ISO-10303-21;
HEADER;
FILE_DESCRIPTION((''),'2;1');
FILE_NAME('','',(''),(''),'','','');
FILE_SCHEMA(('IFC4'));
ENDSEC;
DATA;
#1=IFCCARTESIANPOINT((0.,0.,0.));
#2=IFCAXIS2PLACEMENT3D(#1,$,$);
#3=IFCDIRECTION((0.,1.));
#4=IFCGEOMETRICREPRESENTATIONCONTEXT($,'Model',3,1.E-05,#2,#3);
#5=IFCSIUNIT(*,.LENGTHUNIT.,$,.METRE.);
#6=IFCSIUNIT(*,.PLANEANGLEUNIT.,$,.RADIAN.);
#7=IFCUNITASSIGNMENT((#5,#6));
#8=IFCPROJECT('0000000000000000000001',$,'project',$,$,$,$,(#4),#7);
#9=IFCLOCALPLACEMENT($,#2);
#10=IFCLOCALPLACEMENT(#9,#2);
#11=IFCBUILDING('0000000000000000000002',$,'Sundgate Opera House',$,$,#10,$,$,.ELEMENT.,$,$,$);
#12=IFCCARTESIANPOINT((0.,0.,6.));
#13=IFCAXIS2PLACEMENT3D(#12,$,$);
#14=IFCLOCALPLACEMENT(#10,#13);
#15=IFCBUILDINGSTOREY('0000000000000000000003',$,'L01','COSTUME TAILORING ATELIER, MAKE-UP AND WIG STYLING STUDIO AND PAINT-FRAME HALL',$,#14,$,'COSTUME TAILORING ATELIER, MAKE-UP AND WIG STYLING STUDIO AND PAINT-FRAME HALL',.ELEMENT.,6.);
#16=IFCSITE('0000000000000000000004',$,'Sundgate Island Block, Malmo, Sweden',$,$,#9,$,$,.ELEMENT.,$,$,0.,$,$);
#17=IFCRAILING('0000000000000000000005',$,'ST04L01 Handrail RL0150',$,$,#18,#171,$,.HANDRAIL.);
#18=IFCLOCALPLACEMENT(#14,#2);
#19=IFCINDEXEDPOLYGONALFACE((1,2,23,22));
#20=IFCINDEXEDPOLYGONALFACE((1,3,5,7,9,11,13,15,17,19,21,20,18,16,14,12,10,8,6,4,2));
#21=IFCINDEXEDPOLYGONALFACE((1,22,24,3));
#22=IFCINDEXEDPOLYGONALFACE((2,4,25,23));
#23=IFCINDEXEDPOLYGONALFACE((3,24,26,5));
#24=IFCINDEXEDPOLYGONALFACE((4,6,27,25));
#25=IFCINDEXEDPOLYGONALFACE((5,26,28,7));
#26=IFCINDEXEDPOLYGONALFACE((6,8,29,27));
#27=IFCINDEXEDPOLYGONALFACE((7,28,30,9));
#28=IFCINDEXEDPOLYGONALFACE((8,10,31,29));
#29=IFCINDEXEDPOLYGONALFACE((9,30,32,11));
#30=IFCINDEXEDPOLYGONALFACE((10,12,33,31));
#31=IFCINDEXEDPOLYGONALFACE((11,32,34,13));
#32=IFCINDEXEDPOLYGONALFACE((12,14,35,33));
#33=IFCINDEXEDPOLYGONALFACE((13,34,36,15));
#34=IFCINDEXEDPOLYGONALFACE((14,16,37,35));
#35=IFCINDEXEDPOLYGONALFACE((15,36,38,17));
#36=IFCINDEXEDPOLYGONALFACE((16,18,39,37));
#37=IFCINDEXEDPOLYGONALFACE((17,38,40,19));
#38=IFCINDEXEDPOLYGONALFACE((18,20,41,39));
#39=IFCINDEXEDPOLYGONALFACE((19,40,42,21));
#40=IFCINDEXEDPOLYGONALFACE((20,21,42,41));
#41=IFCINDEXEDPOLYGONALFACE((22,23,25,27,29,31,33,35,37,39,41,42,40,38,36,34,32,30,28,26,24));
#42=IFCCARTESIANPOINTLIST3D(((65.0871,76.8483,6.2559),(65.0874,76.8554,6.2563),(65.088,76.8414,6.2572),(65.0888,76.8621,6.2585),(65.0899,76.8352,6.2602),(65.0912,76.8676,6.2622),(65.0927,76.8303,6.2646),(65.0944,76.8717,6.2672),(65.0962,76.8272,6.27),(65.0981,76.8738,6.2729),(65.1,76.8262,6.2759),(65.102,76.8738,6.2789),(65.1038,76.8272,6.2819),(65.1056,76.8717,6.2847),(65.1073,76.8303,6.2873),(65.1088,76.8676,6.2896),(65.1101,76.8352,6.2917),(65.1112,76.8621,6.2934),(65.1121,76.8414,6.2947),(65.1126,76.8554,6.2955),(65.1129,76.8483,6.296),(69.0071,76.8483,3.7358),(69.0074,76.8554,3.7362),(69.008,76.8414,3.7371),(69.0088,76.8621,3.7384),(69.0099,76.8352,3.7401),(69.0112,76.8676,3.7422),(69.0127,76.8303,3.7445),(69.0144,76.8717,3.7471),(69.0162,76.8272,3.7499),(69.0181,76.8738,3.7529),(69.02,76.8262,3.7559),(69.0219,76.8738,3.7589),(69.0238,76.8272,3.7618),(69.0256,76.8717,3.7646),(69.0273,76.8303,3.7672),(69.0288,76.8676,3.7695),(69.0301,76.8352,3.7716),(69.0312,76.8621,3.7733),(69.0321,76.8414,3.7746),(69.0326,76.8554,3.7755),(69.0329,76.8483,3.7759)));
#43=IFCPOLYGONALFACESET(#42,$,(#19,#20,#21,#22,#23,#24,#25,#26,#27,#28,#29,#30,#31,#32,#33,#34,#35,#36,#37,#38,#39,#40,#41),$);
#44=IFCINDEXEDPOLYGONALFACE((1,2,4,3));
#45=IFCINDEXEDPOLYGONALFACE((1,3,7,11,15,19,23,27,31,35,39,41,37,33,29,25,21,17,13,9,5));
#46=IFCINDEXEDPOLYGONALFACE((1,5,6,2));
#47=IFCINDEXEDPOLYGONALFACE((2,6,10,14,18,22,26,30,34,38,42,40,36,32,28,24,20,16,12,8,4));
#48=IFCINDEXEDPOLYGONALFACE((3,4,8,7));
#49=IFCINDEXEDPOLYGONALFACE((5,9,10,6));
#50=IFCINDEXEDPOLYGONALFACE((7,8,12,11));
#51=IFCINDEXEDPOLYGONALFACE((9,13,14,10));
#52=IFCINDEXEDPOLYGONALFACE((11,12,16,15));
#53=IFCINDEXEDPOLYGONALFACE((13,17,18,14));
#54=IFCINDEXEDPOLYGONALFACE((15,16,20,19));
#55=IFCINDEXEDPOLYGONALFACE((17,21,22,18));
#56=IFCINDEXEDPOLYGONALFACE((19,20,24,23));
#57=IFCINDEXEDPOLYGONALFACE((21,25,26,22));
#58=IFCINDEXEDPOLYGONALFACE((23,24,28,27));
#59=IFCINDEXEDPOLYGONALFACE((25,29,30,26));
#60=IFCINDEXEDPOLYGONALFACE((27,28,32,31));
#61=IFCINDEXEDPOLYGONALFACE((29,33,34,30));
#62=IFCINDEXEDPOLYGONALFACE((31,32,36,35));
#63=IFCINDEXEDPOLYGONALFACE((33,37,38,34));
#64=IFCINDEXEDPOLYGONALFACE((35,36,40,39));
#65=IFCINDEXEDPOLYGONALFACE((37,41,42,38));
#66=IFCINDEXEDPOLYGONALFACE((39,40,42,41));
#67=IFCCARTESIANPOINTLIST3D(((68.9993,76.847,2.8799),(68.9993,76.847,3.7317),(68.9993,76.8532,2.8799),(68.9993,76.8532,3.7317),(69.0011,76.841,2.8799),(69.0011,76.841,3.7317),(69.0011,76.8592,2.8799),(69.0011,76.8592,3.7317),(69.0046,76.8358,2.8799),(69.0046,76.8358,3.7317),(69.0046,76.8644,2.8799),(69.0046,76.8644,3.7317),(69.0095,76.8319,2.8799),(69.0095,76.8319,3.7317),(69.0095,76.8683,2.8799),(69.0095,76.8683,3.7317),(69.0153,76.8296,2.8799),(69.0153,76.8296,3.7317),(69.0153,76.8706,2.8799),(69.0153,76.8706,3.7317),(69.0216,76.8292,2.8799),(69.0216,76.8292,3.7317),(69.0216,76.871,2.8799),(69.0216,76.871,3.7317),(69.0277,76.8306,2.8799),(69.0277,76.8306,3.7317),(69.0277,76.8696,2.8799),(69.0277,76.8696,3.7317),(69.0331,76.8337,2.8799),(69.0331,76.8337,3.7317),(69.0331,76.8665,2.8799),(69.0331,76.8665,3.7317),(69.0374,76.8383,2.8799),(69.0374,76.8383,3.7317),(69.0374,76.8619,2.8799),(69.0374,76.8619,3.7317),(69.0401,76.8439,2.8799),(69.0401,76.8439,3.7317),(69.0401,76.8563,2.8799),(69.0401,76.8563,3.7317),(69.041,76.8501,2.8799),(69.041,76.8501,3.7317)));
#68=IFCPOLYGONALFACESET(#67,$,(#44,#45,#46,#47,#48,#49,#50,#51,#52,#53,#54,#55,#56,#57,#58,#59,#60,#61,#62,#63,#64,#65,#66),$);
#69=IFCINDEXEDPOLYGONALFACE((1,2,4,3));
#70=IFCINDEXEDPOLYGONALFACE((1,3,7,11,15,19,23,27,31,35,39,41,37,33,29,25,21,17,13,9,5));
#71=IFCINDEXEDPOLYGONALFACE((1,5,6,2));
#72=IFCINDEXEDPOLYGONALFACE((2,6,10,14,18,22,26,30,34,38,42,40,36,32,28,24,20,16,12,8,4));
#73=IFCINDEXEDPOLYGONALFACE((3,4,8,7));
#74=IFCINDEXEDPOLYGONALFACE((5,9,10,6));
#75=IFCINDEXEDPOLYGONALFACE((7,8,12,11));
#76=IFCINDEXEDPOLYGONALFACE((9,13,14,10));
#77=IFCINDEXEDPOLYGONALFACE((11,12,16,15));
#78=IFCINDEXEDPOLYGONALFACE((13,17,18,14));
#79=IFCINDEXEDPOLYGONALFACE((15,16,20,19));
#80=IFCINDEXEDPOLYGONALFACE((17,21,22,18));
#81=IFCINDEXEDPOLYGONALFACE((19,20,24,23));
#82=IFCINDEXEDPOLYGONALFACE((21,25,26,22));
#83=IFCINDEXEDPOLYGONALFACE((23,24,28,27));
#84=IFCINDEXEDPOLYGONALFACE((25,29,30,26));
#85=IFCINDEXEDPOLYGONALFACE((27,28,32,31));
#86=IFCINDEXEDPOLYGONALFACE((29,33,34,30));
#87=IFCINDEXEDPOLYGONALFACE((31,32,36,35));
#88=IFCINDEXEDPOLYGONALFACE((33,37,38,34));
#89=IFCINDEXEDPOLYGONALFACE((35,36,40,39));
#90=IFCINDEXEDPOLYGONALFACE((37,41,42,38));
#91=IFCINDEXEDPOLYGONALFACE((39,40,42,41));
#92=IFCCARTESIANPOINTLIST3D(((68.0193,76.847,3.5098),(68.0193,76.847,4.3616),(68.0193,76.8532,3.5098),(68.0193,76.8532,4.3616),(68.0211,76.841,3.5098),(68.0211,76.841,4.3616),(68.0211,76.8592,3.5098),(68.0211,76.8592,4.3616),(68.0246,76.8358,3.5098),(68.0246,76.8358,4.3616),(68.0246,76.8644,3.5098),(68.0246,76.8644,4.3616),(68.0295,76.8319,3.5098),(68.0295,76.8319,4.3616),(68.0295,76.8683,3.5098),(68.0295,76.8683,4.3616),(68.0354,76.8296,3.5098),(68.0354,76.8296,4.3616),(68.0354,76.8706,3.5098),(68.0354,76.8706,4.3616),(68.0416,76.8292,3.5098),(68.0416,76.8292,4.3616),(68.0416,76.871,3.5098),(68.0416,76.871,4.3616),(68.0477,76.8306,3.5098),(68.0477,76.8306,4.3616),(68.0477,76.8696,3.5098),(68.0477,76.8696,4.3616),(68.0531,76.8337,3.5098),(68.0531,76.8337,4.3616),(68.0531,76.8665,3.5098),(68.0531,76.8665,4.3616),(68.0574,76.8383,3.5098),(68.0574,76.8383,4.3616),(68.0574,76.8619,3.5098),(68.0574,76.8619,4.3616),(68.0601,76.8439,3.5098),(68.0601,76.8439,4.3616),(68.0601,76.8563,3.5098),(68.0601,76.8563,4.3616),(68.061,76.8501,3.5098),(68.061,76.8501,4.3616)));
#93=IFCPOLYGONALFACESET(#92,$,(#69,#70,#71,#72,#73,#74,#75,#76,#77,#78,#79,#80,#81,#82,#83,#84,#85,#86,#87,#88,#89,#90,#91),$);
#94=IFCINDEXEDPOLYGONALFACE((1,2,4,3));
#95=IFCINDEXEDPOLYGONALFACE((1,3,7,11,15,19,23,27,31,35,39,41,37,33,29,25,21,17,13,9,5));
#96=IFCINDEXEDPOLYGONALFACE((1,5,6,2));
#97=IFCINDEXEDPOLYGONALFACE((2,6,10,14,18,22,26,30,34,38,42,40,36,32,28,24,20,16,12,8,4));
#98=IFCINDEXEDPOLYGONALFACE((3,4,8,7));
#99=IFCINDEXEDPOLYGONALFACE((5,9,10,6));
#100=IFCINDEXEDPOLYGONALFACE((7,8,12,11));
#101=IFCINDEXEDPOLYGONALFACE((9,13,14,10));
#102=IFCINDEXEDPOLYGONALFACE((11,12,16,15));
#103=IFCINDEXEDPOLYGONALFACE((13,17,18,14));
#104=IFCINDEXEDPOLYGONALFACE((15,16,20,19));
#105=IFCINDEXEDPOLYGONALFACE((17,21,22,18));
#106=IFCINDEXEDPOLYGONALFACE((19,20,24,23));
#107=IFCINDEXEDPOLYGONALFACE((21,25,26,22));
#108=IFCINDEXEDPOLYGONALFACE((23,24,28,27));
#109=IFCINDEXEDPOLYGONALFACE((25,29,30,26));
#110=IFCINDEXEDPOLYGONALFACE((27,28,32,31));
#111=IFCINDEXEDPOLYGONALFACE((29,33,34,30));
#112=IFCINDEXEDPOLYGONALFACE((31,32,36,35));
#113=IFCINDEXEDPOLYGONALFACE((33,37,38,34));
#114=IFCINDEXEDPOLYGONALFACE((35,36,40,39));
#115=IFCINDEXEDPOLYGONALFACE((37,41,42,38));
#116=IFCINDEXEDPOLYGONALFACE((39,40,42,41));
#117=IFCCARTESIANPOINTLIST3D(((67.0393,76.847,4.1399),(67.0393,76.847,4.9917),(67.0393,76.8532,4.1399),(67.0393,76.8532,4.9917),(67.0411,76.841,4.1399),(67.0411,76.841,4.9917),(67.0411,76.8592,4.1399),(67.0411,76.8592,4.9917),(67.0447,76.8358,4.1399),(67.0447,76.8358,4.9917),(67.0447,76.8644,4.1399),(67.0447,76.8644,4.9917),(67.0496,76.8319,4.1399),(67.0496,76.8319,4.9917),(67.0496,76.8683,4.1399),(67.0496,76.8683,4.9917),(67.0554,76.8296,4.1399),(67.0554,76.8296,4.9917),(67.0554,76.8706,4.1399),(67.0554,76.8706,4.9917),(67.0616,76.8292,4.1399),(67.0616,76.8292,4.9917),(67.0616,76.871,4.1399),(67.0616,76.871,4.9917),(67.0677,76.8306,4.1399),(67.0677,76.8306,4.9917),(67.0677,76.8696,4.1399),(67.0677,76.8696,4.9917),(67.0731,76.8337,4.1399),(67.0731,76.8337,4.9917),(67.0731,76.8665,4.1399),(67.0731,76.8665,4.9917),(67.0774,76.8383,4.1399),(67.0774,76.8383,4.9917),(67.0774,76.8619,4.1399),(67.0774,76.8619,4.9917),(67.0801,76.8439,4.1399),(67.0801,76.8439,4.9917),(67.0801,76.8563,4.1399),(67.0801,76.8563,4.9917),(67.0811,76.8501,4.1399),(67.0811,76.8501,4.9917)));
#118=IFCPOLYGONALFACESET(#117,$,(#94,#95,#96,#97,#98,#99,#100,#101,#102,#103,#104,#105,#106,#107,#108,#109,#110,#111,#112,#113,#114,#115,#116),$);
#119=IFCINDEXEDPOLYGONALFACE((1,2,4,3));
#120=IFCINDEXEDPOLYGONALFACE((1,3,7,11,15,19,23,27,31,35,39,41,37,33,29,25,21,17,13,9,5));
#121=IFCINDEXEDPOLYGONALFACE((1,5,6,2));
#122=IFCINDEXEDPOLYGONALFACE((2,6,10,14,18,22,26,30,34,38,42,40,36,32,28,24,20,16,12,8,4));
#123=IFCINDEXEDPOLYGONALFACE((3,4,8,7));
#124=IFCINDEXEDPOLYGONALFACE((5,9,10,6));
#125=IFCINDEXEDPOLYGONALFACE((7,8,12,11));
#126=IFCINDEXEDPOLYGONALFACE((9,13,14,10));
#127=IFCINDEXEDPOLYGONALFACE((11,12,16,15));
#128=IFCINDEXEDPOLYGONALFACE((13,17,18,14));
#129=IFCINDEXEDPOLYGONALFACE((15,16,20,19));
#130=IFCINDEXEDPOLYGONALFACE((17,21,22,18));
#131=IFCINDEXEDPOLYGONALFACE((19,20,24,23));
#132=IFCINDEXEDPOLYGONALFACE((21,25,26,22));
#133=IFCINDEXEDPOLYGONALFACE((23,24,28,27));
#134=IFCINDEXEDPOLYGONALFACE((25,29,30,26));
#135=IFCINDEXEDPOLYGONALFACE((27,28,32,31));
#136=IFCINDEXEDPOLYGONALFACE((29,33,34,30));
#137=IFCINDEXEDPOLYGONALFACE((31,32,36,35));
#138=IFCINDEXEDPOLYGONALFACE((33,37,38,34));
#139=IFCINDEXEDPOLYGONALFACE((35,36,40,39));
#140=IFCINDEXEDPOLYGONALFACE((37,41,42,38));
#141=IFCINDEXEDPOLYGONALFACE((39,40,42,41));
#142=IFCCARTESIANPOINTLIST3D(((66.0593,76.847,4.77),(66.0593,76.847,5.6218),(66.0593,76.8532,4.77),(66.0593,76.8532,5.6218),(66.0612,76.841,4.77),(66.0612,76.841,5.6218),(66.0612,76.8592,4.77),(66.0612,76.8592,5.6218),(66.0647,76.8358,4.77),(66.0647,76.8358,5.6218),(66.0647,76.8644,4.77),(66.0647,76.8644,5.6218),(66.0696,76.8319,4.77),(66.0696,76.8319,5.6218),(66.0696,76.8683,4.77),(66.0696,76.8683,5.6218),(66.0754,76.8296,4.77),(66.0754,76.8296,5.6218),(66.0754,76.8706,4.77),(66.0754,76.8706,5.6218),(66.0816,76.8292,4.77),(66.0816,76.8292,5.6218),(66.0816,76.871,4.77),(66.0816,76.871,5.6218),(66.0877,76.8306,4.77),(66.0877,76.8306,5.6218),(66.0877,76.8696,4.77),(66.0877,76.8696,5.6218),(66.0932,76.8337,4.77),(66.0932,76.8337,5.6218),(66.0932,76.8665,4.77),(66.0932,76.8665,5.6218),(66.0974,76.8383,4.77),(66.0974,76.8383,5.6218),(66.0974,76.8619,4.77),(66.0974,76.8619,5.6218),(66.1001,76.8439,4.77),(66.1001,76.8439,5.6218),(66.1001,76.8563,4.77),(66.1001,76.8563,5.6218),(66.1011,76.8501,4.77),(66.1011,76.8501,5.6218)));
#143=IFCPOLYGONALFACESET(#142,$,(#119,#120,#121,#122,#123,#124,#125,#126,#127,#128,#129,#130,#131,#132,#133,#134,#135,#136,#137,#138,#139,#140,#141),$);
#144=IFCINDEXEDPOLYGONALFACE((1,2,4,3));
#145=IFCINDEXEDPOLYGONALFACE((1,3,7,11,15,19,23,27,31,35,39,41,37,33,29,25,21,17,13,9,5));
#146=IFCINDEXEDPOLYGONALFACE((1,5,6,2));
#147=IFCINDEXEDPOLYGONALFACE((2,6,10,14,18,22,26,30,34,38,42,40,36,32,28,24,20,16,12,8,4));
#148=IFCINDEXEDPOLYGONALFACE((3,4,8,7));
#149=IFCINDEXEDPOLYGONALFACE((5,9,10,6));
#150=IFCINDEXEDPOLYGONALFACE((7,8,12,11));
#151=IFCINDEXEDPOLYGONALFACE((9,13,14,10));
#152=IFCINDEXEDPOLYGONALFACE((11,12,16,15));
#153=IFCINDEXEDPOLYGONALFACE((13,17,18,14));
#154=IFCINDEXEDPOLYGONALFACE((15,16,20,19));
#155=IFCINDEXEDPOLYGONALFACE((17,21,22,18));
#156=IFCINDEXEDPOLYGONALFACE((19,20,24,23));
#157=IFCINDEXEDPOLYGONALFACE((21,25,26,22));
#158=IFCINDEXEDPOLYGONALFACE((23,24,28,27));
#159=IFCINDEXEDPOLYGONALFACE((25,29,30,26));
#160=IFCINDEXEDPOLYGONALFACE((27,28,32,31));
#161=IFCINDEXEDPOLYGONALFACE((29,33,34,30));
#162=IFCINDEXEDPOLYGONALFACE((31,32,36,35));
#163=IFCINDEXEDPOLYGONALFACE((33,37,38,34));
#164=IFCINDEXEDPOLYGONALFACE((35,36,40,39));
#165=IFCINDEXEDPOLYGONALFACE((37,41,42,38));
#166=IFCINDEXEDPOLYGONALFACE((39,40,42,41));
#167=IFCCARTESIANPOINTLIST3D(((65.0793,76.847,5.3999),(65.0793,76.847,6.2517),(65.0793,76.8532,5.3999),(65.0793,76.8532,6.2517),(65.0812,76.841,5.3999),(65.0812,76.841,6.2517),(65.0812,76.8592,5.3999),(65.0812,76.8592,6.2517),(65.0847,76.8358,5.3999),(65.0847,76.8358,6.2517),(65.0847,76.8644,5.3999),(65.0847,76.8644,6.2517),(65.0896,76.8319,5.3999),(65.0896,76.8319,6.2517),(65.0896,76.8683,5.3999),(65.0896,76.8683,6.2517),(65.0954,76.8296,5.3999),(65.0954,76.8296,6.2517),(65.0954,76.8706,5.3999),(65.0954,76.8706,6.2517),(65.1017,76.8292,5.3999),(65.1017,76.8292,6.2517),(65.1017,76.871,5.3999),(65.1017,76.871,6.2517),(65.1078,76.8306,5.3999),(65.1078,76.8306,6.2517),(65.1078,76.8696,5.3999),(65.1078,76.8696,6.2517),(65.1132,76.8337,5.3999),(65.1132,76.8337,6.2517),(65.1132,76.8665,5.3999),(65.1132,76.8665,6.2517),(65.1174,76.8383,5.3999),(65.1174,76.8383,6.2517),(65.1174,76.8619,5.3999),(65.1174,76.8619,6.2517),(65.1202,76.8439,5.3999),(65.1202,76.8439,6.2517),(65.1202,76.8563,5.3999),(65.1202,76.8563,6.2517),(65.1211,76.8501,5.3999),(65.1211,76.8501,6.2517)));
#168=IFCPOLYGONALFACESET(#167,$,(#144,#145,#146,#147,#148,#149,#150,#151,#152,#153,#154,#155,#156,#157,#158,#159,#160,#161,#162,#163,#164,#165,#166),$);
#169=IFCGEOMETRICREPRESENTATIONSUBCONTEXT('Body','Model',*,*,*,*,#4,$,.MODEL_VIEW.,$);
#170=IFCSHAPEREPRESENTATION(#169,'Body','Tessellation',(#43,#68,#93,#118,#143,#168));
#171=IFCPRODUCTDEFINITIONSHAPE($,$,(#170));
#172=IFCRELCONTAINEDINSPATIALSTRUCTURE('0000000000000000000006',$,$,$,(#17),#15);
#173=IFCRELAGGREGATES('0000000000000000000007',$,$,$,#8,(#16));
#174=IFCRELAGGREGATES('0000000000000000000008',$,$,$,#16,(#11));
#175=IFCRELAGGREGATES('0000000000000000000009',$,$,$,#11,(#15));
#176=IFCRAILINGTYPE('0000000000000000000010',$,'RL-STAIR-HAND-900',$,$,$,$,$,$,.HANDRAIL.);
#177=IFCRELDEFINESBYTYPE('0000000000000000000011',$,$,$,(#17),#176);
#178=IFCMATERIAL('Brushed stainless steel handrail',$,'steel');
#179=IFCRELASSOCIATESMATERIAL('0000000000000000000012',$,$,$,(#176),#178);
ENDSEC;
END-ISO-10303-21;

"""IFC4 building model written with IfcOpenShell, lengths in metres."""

from ifc_helpers import new_model, si_unit, direction, frame, origin, origin_2d, place, context, subcontext, project, spatial, circle, extrude, material, type_object, element, save


model = new_model("IFC4")

# Units and contexts
model_context = context("Model", 3, precision=1e-05, world=origin(), true_north=direction((0.0, 1.0)))
body_context = subcontext(model_context, "Body", "Model", "MODEL_VIEW")
ifc_project = project(units=[si_unit("LENGTHUNIT", "METRE"), si_unit("PLANEANGLEUNIT", "RADIAN")], contexts=[model_context])

# Site, building, storey
site_placement = place(None, origin())
site = spatial("IfcSite", under=ifc_project, at=site_placement, Name="Sundgate Island Block, Malmo, Sweden", CompositionType="ELEMENT", RefElevation=0.0)
building_placement = place(site_placement, origin())
building = spatial("IfcBuilding", under=site, at=building_placement, Name="Sundgate Opera House", CompositionType="ELEMENT")
storey_placement = place(building_placement, frame((0.0, 0.0, 6.0)))
storey = spatial("IfcBuildingStorey", under=building, at=storey_placement, Name="L01", Description="COSTUME TAILORING ATELIER, MAKE-UP AND WIG STYLING STUDIO AND PAINT-FRAME HALL", LongName="COSTUME TAILORING ATELIER, MAKE-UP AND WIG STYLING STUDIO AND PAINT-FRAME HALL", CompositionType="ELEMENT", Elevation=6.0)

# Railing
ifc_material_1 = material(Name="Brushed stainless steel handrail", Category="steel")
railing_type_1 = type_object("IfcRailingType", Name="RL-STAIR-HAND-900", PredefinedType="HANDRAIL", material=ifc_material_1)
railing_1_placement = place(storey_placement, frame((69.02, 76.8501, 2.8799)))
element("IfcRailing", 1, at=railing_1_placement, inside=storey, type_object=railing_type_1, Name="ST04L01 Handrail RL0150", PredefinedType="HANDRAIL", context=body_context, shape_type="SweptSolid", body=[
    extrude(circle(Radius=0.0239, at=origin_2d()), frame((0.0, 0.0, 0.876), z_axis=(-0.841172, 0.0, 0.540768), x_axis=(0.0, -1.0, 0.0)), (0.0, 0.0, 1.0), 4.6602),
    extrude(circle(Radius=0.021, at=origin_2d()), origin(), (0.0, 0.0, 1.0), 0.8518),
    extrude(circle(Radius=0.021, at=origin_2d()), frame((-0.98, 0.0, 0.6299)), (0.0, 0.0, 1.0), 0.8518),
    extrude(circle(Radius=0.021, at=origin_2d()), frame((-1.96, 0.0, 1.26)), (0.0, 0.0, 1.0), 0.8518),
    extrude(circle(Radius=0.021, at=origin_2d()), frame((-2.9399, 0.0, 1.8901)), (0.0, 0.0, 1.0), 0.8518),
    extrude(circle(Radius=0.021, at=origin_2d()), frame((-3.9199, 0.0, 2.52)), (0.0, 0.0, 1.0), 0.8518),
])

save(model, "model.ifc")
